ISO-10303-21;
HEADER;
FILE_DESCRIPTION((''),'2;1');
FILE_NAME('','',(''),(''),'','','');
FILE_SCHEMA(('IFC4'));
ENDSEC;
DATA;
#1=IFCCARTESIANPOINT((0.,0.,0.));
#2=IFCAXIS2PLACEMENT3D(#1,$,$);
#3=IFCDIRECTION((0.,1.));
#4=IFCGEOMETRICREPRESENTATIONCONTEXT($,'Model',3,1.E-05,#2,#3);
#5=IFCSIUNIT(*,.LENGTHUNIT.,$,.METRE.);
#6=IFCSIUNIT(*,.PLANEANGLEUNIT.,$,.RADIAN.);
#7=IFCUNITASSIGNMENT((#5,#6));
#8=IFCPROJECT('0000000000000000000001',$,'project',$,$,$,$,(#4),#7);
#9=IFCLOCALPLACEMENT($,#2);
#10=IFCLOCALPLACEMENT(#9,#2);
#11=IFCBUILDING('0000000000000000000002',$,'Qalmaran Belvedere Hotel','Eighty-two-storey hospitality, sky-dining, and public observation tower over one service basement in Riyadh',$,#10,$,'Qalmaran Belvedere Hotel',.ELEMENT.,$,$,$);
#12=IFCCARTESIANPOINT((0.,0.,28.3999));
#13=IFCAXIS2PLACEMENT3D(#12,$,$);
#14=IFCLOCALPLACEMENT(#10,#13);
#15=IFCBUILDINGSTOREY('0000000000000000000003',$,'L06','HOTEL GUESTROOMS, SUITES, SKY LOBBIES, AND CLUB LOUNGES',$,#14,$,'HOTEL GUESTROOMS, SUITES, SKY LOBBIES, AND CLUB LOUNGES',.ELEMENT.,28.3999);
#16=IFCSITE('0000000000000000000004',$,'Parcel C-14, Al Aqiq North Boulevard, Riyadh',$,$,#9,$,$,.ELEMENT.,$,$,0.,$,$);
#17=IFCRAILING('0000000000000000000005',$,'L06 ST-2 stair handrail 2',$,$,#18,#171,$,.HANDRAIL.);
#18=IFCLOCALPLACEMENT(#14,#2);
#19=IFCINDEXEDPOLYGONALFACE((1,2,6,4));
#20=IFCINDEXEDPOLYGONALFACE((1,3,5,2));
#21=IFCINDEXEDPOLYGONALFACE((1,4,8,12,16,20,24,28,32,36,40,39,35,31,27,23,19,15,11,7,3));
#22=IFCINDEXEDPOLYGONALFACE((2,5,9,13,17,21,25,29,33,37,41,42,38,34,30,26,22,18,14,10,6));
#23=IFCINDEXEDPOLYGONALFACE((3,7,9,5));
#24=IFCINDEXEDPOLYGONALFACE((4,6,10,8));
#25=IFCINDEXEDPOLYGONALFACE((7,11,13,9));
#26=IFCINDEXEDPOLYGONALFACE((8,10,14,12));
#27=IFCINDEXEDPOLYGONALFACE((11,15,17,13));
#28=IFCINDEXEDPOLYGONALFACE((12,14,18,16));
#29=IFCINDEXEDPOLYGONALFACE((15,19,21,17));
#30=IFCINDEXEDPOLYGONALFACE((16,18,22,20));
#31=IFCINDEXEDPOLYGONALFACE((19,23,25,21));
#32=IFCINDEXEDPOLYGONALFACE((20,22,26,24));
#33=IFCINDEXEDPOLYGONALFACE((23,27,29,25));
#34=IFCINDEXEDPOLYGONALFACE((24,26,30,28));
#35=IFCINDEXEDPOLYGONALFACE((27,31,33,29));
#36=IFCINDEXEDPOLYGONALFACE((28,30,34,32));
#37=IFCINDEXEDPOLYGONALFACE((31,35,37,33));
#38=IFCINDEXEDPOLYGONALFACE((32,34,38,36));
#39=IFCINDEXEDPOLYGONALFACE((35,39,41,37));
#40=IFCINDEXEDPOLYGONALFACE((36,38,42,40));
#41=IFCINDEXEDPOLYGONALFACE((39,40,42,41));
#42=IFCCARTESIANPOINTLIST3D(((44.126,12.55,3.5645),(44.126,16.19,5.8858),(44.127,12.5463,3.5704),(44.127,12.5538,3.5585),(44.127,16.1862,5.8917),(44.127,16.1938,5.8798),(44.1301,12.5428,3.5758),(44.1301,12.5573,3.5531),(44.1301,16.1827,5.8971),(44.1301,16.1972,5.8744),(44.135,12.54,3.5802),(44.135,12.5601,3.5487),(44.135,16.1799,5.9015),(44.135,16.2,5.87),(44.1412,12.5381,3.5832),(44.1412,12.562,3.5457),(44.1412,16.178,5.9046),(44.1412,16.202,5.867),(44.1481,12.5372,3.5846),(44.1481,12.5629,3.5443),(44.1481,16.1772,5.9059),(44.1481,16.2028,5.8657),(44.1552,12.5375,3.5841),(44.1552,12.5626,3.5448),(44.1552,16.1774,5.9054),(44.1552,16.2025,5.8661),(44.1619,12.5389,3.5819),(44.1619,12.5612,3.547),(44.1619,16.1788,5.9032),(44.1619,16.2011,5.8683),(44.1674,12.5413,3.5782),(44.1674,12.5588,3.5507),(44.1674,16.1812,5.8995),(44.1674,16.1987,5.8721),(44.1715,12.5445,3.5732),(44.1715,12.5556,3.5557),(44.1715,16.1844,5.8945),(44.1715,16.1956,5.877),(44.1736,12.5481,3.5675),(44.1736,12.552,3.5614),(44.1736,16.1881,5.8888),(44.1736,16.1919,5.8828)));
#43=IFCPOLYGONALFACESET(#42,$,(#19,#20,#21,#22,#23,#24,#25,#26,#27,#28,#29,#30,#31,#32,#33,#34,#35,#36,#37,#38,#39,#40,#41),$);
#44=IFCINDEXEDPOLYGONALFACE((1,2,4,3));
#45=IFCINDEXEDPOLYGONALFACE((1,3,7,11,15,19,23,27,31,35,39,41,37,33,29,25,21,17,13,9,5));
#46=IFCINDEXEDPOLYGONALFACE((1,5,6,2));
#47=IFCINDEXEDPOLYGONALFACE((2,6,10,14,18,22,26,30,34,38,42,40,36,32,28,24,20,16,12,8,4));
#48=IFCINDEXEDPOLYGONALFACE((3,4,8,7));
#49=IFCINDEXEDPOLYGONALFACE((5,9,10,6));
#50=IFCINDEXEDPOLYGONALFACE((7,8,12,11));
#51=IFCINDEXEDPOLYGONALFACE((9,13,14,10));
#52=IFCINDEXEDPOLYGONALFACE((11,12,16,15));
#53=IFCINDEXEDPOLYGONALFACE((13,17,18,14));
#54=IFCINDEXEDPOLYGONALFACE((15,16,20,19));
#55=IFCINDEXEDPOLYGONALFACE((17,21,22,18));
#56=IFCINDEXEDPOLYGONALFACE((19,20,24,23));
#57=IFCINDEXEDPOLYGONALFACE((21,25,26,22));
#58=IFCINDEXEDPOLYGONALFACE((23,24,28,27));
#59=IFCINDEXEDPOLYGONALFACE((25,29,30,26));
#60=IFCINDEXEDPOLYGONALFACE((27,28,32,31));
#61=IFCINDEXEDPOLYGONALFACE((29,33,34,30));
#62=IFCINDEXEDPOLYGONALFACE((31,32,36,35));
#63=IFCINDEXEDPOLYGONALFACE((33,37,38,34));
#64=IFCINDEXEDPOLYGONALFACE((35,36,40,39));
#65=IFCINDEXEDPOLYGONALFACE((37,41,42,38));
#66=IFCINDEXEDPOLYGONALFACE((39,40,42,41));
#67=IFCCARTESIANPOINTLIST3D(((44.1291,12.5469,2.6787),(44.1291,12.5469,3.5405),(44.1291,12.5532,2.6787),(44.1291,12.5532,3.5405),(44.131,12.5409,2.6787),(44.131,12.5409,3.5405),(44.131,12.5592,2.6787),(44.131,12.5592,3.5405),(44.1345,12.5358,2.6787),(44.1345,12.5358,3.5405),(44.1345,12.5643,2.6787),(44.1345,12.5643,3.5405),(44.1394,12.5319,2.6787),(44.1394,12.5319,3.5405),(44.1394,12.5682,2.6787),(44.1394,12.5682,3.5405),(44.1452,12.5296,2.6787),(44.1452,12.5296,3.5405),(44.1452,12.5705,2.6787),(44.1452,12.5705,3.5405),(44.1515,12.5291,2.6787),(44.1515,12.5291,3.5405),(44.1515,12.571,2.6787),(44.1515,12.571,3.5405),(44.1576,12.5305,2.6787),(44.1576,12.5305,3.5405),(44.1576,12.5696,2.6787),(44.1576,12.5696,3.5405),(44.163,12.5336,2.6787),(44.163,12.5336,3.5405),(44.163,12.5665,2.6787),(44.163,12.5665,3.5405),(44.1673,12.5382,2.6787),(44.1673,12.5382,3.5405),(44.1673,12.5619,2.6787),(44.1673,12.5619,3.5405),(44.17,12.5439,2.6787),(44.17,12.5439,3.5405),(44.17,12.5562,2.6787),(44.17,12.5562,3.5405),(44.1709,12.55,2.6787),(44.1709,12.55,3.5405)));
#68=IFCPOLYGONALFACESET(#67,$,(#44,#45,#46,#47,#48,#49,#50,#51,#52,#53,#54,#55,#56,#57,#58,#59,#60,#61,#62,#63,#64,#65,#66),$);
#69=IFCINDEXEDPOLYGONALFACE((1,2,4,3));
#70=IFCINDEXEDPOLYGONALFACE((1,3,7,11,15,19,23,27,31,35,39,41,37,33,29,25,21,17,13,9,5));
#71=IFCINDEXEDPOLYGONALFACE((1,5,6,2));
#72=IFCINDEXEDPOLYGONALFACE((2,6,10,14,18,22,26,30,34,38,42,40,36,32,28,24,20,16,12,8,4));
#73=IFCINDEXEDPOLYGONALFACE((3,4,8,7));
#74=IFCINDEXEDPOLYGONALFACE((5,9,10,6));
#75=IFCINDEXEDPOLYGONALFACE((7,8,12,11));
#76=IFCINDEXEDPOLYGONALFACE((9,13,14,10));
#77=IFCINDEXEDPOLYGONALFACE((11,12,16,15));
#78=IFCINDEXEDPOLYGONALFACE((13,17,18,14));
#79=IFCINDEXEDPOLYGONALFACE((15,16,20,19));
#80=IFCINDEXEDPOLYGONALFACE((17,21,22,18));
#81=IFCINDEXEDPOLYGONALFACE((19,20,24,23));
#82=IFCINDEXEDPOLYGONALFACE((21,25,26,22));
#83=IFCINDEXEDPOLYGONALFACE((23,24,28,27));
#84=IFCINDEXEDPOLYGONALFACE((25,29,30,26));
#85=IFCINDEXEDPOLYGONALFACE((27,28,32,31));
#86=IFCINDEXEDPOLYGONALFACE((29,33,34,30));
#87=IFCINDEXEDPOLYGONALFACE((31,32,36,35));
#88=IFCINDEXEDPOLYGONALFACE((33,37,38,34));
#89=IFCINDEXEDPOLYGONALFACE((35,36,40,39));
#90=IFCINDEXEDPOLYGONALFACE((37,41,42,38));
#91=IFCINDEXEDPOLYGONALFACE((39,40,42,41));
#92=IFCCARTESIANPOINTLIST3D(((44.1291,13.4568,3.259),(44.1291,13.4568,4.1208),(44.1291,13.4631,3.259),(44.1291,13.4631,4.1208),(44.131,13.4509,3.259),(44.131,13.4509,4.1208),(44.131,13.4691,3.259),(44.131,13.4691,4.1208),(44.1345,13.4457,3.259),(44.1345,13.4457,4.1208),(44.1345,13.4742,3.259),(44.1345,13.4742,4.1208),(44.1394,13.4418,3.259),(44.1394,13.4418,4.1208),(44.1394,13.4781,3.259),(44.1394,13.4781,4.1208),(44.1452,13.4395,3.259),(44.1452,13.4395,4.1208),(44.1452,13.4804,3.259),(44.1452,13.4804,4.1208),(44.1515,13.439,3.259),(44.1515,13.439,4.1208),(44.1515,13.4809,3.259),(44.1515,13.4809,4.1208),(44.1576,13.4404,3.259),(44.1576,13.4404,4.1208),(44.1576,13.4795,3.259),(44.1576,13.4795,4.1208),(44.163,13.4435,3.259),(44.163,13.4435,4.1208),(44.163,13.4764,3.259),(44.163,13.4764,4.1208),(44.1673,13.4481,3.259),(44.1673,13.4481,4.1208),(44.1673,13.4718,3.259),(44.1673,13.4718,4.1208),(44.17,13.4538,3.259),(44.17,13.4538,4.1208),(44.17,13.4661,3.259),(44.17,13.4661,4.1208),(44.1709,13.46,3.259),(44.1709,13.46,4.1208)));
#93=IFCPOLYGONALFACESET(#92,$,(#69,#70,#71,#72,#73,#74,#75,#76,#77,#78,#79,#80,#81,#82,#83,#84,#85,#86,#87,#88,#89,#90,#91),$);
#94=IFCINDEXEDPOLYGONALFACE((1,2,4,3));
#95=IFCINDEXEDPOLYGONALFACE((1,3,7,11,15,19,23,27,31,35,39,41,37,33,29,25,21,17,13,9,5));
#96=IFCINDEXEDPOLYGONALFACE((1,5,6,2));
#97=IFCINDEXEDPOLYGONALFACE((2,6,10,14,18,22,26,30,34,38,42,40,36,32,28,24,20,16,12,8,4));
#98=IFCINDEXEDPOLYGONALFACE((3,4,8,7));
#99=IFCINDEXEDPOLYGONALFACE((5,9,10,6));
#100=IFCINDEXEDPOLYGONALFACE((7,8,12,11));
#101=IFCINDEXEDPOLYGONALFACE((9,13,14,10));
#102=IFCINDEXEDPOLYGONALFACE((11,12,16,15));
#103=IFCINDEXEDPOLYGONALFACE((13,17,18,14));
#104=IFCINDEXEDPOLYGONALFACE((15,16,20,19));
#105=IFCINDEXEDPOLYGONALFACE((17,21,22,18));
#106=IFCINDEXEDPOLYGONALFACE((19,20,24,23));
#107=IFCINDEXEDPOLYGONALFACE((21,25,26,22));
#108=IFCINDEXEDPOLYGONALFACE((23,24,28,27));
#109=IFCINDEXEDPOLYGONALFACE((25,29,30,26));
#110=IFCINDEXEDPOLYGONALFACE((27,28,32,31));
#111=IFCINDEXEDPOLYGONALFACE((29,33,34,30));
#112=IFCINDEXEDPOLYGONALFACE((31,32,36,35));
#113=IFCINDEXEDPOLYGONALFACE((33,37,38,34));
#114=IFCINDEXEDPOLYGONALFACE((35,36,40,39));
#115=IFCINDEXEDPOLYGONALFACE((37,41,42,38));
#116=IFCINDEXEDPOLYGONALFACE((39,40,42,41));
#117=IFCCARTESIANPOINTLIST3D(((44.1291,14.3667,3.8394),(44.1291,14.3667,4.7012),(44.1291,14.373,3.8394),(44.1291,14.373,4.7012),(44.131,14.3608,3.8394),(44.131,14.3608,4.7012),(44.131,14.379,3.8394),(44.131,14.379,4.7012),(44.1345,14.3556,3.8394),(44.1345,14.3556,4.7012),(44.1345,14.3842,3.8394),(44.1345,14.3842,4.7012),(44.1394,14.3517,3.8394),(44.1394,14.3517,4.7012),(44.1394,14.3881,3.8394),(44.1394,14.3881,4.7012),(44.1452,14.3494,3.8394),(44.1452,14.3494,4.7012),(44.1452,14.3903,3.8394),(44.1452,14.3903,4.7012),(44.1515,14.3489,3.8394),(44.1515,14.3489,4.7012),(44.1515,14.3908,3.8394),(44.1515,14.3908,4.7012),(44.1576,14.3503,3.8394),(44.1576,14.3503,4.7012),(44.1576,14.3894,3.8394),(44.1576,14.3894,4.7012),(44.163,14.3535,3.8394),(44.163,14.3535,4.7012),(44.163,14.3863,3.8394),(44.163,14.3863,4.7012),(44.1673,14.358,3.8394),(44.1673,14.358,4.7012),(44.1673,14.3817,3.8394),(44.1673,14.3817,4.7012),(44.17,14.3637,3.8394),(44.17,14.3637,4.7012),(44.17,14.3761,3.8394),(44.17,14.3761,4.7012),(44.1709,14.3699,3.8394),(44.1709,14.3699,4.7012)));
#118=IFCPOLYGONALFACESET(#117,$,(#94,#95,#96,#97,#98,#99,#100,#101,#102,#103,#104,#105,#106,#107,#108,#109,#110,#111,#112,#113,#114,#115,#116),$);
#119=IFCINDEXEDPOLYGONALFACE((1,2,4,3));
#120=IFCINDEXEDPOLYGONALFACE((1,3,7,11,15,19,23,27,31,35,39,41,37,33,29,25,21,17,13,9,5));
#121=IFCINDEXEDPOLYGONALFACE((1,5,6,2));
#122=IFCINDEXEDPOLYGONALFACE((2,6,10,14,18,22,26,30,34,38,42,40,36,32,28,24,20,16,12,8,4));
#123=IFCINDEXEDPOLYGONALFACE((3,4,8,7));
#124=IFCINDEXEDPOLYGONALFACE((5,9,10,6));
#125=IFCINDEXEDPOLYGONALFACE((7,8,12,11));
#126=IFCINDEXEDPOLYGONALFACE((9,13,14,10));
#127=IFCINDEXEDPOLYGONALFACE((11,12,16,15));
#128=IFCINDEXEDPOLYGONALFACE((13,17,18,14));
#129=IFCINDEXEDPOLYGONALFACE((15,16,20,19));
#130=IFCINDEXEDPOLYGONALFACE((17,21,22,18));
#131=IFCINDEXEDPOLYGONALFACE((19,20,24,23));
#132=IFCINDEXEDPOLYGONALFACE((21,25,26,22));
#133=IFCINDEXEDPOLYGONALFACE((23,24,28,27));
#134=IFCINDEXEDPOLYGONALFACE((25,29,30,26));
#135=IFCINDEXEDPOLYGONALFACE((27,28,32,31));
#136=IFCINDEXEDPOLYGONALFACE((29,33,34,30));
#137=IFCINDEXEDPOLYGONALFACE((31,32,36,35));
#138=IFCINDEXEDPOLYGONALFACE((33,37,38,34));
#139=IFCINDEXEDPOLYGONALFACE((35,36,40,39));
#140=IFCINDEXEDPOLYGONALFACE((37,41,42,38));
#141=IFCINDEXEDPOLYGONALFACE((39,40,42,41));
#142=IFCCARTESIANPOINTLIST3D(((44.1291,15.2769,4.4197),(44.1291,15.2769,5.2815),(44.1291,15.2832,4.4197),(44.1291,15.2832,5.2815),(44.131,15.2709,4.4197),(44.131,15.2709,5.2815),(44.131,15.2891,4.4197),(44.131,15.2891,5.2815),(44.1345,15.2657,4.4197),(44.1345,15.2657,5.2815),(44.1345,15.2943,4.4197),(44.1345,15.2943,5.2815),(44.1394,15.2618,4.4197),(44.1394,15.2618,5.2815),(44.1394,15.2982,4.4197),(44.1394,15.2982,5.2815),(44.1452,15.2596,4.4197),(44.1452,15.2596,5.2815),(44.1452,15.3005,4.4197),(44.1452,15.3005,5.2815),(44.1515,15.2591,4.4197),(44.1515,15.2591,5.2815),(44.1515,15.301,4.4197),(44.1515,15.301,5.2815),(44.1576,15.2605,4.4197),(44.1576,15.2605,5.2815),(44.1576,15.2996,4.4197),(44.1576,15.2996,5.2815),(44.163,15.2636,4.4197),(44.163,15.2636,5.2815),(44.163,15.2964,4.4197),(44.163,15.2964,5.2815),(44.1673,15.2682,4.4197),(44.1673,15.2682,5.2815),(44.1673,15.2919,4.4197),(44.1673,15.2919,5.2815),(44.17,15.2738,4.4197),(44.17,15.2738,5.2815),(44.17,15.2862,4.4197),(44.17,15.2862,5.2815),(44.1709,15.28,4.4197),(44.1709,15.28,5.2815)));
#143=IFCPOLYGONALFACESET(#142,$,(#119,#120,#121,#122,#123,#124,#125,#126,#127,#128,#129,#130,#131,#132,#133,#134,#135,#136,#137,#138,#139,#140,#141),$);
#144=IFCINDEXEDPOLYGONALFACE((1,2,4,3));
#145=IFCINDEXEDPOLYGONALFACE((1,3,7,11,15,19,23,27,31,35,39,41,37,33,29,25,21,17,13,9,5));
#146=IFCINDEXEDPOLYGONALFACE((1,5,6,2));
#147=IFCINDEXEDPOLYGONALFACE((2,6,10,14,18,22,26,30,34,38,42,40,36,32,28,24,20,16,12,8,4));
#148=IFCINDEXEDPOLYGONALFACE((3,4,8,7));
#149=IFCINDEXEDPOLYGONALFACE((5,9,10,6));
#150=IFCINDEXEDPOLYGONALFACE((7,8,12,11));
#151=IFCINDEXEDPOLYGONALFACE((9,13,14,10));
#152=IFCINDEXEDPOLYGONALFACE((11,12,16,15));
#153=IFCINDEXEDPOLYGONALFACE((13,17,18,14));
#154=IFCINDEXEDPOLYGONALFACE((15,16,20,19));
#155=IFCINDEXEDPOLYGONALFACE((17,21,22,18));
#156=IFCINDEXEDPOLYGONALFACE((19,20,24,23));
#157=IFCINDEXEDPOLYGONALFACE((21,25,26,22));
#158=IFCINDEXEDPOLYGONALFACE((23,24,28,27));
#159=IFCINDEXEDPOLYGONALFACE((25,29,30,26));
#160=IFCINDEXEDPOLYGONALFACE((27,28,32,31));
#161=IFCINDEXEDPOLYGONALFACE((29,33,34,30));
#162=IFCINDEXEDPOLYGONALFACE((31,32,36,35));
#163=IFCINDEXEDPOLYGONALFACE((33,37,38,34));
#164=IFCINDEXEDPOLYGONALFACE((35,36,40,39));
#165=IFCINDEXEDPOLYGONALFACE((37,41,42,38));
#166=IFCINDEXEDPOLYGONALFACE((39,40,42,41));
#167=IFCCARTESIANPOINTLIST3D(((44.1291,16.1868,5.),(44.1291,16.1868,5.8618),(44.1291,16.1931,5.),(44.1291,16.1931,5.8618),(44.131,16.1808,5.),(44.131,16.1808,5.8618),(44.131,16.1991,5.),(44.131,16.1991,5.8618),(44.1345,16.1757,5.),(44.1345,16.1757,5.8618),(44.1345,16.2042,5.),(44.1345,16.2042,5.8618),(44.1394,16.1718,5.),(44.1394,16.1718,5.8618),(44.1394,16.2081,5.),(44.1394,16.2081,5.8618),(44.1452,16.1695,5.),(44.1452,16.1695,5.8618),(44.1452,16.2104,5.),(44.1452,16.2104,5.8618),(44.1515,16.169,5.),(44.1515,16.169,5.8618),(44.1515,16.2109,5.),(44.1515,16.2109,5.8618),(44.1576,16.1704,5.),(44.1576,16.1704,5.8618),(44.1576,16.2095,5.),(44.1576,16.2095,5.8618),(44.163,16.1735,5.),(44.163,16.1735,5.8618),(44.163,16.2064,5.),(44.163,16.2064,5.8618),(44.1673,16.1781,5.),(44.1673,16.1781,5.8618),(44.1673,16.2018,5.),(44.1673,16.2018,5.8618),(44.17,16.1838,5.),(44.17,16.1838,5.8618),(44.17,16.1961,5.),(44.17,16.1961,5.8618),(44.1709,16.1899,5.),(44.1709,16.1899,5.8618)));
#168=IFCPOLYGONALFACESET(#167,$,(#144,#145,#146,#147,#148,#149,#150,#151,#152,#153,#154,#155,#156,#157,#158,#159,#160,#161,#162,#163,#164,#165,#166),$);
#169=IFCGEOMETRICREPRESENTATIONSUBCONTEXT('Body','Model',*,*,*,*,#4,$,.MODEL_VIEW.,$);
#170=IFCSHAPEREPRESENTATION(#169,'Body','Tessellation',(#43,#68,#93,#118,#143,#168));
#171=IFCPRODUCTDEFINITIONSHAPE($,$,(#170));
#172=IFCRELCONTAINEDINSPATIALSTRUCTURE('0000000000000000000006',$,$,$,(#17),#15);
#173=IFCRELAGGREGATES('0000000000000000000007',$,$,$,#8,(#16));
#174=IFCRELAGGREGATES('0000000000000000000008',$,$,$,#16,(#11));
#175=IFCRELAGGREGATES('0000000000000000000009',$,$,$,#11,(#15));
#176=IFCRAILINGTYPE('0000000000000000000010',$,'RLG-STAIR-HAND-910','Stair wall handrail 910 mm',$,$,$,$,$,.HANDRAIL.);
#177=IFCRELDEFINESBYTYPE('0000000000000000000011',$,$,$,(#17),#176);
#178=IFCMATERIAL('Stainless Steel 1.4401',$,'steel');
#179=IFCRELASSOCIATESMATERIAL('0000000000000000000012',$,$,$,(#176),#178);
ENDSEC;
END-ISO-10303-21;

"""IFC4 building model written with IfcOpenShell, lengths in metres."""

from ifc_helpers import new_model, si_unit, direction, frame, origin, origin_2d, place, context, subcontext, project, spatial, circle, extrude, material, type_object, element, save


model = new_model("IFC4")

# Units and contexts
model_context = context("Model", 3, precision=1e-05, world=origin(), true_north=direction((0.0, 1.0)))
body_context = subcontext(model_context, "Body", "Model", "MODEL_VIEW")
ifc_project = project(units=[si_unit("LENGTHUNIT", "METRE"), si_unit("PLANEANGLEUNIT", "RADIAN")], contexts=[model_context])

# Site, building, storey
site_placement = place(None, origin())
site = spatial("IfcSite", under=ifc_project, at=site_placement, Name="Parcel C-14, Al Aqiq North Boulevard, Riyadh", CompositionType="ELEMENT", RefElevation=0.0)
building_placement = place(site_placement, origin())
building = spatial("IfcBuilding", under=site, at=building_placement, Name="Qalmaran Belvedere Hotel", Description="Eighty-two-storey hospitality, sky-dining, and public observation tower over one service basement in Riyadh", LongName="Qalmaran Belvedere Hotel", CompositionType="ELEMENT")
storey_placement = place(building_placement, frame((0.0, 0.0, 28.3999)))
storey = spatial("IfcBuildingStorey", under=building, at=storey_placement, Name="L06", Description="HOTEL GUESTROOMS, SUITES, SKY LOBBIES, AND CLUB LOUNGES", LongName="HOTEL GUESTROOMS, SUITES, SKY LOBBIES, AND CLUB LOUNGES", CompositionType="ELEMENT", Elevation=28.3999)

# Shared definitions
ifc_material_1 = material(Name="Stainless Steel 1.4401", Category="steel")

# Railing
railing_type_1 = type_object("IfcRailingType", Name="RLG-STAIR-HAND-910", Description="Stair wall handrail 910 mm", PredefinedType="HANDRAIL", material=ifc_material_1)
railing_1_placement = place(storey_placement, frame((44.1499, 12.55, 2.6787)))
element("IfcRailing", 1, at=railing_1_placement, inside=storey, type_object=railing_type_1, Name="L06 ST-2 stair handrail 2", PredefinedType="HANDRAIL", context=body_context, shape_type="SweptSolid", body=[
    extrude(circle(Radius=0.0239, at=origin_2d()), frame((0.0, 0.0, 0.8857), z_axis=(0.0, 0.843137, 0.537699), x_axis=(-1.0, 0.0, 0.0)), (0.0, 0.0, 1.0), 4.3171),
    extrude(circle(Radius=0.021, at=origin_2d()), origin(), (0.0, 0.0, 1.0), 0.8618),
    extrude(circle(Radius=0.021, at=origin_2d()), frame((0.0, 0.9099, 0.5803)), (0.0, 0.0, 1.0), 0.8618),
    extrude(circle(Radius=0.021, at=origin_2d()), frame((0.0, 1.8198, 1.1606)), (0.0, 0.0, 1.0), 0.8618),
    extrude(circle(Radius=0.021, at=origin_2d()), frame((0.0, 2.73, 1.741)), (0.0, 0.0, 1.0), 0.8618),
    extrude(circle(Radius=0.021, at=origin_2d()), frame((0.0, 3.6399, 2.3213)), (0.0, 0.0, 1.0), 0.8618),
])

save(model, "model.ifc")
